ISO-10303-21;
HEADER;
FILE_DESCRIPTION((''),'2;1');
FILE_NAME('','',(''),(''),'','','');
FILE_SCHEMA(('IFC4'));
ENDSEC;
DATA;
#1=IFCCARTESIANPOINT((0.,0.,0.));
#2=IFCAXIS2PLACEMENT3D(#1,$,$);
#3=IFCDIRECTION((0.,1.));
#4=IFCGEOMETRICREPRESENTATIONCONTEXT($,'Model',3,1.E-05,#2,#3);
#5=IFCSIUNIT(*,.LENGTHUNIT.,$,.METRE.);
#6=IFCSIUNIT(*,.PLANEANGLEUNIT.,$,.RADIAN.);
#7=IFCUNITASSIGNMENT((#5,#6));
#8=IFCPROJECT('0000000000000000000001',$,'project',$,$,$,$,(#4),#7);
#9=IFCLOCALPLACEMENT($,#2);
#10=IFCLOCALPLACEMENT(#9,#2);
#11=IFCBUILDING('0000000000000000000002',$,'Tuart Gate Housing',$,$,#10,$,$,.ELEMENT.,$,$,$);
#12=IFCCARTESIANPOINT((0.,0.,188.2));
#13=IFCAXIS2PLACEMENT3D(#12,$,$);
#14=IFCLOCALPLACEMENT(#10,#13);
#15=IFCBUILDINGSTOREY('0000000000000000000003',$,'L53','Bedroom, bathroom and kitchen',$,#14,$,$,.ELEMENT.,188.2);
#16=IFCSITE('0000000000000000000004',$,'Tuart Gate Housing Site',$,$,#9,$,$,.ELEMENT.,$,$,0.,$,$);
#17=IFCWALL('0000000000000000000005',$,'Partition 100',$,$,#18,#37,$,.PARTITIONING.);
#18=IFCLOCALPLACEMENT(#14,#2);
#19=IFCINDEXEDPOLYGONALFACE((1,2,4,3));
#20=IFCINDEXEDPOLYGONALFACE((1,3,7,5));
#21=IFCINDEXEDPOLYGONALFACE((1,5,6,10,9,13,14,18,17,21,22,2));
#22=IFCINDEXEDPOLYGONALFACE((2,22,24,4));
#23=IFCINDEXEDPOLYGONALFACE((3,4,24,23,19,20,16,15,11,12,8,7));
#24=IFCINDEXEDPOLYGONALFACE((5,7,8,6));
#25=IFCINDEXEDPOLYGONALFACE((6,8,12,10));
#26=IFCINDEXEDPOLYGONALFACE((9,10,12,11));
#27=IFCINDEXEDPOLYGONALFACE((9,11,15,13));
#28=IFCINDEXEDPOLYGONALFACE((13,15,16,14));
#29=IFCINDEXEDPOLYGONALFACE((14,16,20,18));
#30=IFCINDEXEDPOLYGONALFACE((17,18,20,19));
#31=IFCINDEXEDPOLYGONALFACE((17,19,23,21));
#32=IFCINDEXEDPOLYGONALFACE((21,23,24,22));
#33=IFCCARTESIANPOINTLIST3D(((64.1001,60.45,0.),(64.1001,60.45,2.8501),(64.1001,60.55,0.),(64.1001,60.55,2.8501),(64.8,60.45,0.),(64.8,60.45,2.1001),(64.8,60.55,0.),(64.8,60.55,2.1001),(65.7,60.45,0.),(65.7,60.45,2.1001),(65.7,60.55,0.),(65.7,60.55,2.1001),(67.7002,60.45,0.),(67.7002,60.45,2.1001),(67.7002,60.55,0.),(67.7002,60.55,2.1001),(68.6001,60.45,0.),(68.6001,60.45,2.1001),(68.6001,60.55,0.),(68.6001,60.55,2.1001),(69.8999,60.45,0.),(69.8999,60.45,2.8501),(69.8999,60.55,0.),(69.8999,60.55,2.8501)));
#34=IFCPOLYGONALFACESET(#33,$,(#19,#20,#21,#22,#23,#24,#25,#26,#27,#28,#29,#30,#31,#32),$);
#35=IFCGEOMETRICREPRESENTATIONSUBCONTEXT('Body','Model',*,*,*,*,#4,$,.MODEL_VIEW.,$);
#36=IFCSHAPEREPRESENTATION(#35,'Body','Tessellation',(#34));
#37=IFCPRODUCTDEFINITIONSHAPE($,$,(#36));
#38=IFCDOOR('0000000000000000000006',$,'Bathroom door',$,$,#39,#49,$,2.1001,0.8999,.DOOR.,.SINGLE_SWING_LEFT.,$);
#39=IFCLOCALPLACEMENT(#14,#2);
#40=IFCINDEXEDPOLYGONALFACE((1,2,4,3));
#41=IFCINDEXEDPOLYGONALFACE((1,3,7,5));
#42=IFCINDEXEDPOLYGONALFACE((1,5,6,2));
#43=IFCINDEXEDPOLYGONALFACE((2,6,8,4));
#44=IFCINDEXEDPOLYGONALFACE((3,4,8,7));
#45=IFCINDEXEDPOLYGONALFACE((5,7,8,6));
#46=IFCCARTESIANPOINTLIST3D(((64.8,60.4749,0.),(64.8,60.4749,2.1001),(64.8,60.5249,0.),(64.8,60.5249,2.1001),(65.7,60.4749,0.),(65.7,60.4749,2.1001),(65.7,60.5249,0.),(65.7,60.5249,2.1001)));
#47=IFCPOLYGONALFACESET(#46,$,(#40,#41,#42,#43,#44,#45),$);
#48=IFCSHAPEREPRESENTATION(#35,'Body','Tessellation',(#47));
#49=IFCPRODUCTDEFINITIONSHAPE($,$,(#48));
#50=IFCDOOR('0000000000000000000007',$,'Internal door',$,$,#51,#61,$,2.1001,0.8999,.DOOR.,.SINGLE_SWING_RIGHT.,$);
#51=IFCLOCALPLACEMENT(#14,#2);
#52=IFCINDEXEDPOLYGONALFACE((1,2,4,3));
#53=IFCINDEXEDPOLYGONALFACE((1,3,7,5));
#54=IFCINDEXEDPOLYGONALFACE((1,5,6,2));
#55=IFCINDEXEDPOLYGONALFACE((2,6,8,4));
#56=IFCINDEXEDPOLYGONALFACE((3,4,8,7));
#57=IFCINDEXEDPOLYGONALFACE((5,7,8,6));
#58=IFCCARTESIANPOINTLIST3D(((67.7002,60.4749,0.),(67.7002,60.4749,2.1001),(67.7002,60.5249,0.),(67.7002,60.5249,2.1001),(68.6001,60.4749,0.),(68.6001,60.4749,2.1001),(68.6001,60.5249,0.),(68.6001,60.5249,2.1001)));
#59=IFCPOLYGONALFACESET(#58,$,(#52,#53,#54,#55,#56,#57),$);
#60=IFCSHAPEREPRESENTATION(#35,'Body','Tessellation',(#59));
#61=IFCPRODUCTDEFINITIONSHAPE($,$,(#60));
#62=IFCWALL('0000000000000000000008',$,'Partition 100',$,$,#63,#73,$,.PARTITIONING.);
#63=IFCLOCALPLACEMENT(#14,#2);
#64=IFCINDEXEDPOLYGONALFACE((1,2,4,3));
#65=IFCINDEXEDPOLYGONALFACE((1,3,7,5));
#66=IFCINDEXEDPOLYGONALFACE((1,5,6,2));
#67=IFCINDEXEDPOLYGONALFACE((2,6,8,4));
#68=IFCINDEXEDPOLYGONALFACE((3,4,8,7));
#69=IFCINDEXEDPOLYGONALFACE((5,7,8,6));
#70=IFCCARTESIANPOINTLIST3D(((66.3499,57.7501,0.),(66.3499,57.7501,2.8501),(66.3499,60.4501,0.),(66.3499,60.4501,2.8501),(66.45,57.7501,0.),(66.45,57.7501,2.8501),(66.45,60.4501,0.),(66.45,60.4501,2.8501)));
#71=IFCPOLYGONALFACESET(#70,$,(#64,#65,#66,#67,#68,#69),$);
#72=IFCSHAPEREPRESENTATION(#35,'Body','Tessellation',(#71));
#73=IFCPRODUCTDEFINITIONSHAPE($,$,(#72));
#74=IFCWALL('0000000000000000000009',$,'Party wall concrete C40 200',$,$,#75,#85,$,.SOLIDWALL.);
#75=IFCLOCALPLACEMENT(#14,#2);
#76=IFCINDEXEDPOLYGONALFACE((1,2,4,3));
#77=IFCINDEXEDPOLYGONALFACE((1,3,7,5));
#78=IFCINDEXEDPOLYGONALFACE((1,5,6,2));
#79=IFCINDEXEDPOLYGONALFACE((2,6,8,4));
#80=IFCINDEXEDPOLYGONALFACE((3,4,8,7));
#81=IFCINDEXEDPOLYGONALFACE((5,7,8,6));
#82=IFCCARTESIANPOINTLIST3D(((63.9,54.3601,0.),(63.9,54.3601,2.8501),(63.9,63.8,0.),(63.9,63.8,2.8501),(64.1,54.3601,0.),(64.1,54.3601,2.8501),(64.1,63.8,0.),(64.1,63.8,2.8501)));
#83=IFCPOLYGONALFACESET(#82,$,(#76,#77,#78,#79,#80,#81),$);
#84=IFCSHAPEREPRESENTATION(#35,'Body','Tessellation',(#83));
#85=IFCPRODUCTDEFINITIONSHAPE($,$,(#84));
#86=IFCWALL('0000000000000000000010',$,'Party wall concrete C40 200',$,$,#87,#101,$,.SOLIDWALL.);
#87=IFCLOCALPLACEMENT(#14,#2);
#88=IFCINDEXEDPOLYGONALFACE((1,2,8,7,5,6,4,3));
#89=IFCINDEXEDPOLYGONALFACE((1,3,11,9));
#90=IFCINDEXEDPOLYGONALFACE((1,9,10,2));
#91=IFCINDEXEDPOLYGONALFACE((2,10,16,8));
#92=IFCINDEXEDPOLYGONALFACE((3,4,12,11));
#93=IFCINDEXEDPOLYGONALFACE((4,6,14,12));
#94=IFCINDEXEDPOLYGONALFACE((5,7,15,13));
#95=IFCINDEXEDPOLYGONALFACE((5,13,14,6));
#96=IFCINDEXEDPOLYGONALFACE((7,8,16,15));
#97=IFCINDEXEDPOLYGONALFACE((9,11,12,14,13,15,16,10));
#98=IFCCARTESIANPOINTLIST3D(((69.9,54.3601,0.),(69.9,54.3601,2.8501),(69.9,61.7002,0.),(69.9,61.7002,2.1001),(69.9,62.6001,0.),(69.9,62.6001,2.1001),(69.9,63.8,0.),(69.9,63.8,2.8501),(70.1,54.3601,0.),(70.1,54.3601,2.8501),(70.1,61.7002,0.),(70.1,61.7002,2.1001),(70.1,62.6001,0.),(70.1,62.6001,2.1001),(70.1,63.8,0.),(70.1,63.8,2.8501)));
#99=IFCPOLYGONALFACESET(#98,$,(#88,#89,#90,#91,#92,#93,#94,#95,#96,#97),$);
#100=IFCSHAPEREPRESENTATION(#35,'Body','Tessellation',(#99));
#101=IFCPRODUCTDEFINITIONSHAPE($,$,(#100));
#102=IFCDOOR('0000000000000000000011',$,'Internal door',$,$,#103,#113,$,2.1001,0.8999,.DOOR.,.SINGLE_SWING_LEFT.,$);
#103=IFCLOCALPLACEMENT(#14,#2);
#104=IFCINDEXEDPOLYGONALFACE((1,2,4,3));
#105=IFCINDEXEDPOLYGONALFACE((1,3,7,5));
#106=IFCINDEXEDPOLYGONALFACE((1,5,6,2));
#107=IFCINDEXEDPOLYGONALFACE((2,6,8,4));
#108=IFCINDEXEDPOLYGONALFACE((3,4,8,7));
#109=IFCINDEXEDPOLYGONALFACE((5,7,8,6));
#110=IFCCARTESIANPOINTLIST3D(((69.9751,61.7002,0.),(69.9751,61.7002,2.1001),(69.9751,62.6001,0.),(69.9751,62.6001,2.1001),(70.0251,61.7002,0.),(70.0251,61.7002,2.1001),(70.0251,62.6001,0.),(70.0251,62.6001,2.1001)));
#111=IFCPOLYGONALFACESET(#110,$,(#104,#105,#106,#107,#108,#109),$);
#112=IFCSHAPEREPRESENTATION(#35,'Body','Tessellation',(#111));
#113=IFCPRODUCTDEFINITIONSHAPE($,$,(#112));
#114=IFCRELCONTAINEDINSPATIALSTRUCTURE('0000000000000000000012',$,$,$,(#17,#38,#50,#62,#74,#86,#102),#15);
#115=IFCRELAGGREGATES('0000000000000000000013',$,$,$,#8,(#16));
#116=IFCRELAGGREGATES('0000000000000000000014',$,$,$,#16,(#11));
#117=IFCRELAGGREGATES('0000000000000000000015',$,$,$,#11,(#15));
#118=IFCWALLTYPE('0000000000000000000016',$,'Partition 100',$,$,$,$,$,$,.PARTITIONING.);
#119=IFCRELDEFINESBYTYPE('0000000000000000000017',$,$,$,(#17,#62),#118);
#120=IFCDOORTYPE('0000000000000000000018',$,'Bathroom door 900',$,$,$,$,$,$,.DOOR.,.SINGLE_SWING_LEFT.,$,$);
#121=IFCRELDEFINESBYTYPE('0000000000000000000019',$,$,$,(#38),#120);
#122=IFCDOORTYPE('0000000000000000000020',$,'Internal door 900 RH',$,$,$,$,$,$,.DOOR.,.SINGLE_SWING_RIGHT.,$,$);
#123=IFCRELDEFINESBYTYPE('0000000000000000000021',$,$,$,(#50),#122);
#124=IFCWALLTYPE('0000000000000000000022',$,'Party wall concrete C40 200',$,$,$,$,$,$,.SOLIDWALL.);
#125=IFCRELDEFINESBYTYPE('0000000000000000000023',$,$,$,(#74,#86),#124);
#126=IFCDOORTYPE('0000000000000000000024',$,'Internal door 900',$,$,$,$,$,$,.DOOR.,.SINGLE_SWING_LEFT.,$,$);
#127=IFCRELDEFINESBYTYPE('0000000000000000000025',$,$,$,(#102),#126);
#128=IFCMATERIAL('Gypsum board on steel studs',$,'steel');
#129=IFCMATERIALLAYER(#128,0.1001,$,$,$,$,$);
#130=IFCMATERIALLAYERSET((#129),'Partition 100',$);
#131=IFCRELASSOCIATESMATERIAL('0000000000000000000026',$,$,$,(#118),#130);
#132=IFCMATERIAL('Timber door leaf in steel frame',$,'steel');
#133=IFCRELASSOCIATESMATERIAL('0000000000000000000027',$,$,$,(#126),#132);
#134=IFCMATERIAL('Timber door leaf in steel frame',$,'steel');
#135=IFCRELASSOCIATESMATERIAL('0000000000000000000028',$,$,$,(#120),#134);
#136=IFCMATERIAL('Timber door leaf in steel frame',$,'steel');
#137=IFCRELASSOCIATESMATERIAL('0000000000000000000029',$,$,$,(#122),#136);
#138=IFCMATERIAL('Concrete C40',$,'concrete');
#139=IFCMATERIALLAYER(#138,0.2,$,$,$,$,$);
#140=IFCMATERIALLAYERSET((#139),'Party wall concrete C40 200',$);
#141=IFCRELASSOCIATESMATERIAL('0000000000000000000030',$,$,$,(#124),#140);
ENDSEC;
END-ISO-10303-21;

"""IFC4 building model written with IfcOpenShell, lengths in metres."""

from ifc_helpers import new_model, si_unit, direction, frame, frame_2d, origin, place, context, subcontext, project, spatial, rectangle, extrude, material, layer, layer_set, type_object, element, fill, save


model = new_model("IFC4")

# Units and contexts
model_context = context("Model", 3, precision=1e-05, world=origin(), true_north=direction((0.0, 1.0)))
body_context = subcontext(model_context, "Body", "Model", "MODEL_VIEW")
ifc_project = project(units=[si_unit("LENGTHUNIT", "METRE"), si_unit("PLANEANGLEUNIT", "RADIAN")], contexts=[model_context])

# Site, building, storey
site_placement = place(None, origin())
site = spatial("IfcSite", under=ifc_project, at=site_placement, Name="Tuart Gate Housing Site", CompositionType="ELEMENT", RefElevation=0.0)
building_placement = place(site_placement, origin())
building = spatial("IfcBuilding", under=site, at=building_placement, Name="Tuart Gate Housing", CompositionType="ELEMENT")
storey_placement = place(building_placement, frame((0.0, 0.0, 188.2)))
storey = spatial("IfcBuildingStorey", under=building, at=storey_placement, Name="L53", Description="Bedroom, bathroom and kitchen", CompositionType="ELEMENT", Elevation=188.2)

# Shared definitions
ifc_material_1 = material(Name="Gypsum board on steel studs", Category="steel")
ifc_layer_1 = layer(ifc_material_1, 0.1001)
ifc_layer_set_1 = layer_set([ifc_layer_1], Name="Partition 100")
wall_type_1 = type_object("IfcWallType", Name="Partition 100", PredefinedType="PARTITIONING", material=ifc_layer_set_1)

# Shared definitions
ifc_material_2 = material(Name="Timber door leaf in steel frame", Category="steel")
door_type_1 = type_object("IfcDoorType", Name="Internal door 900", OperationType="SINGLE_SWING_LEFT", PredefinedType="DOOR", material=ifc_material_2)

# Wall, openings, doors
wall_1_placement = place(storey_placement, frame((64.1001, 60.5, 0.0), z_axis=(0.0, 0.0, 1.0), x_axis=(1.0, 0.0, 0.0)))
wall_1 = element("IfcWall", 1, at=wall_1_placement, inside=storey, type_object=wall_type_1, Name="Partition 100", PredefinedType="PARTITIONING", context=body_context, shape_type="SweptSolid", body=[
    extrude(rectangle(XDim=5.7998, YDim=0.1001, at=frame_2d((2.8999, 0.0))), origin(), (0.0, 0.0, 1.0), 2.8501),
])
opening_1_placement = place(wall_1_placement, frame((3.6001, 0.0, 0.0)))
opening_1 = element("IfcOpeningElement", 2, at=opening_1_placement, cuts=wall_1, PredefinedType="OPENING", context=body_context, shape_type="SweptSolid", body=[
    extrude(rectangle(XDim=0.8999, YDim=2.1001, at=frame_2d((0.45, 1.05))), frame((0.0, 0.0601, 0.0), z_axis=(0.0, -1.0, 0.0), x_axis=(1.0, 0.0, 0.0)), (0.0, 0.0, 1.0), 0.1201),
])
opening_2_placement = place(wall_1_placement, frame((0.7, 0.0, 0.0)))
opening_2 = element("IfcOpeningElement", 3, at=opening_2_placement, cuts=wall_1, PredefinedType="OPENING", context=body_context, shape_type="SweptSolid", body=[
    extrude(rectangle(XDim=0.8999, YDim=2.1001, at=frame_2d((0.45, 1.05))), frame((0.0, 0.0601, 0.0), z_axis=(0.0, -1.0, 0.0), x_axis=(1.0, 0.0, 0.0)), (0.0, 0.0, 1.0), 0.1201),
])
ifc_material_3 = material(Name="Timber door leaf in steel frame", Category="steel")
door_type_2 = type_object("IfcDoorType", Name="Bathroom door 900", OperationType="SINGLE_SWING_LEFT", PredefinedType="DOOR", material=ifc_material_3)
door_1_placement = place(opening_2_placement, frame((0.8999, 0.0, 0.0), z_axis=(0.0, 0.0, 1.0), x_axis=(-1.0, 0.0, 0.0)))
door_1 = element("IfcDoor", 4, at=door_1_placement, inside=storey, type_object=door_type_2, Name="Bathroom door", OperationType="SINGLE_SWING_LEFT", OverallHeight=2.1001, OverallWidth=0.8999, PredefinedType="DOOR", context=body_context, shape_type="SweptSolid", body=[
    extrude(rectangle(XDim=0.8999, YDim=2.1001, at=frame_2d((0.45, 1.05))), frame((0.0, 0.0251, 0.0), z_axis=(0.0, -1.0, 0.0), x_axis=(1.0, 0.0, 0.0)), (0.0, 0.0, 1.0), 0.05),
])
fill(opening_2, door_1)
ifc_material_4 = material(Name="Timber door leaf in steel frame", Category="steel")
door_type_3 = type_object("IfcDoorType", Name="Internal door 900 RH", OperationType="SINGLE_SWING_RIGHT", PredefinedType="DOOR", material=ifc_material_4)
door_2_placement = place(opening_1_placement, frame((0.8999, 0.0, 0.0), z_axis=(0.0, 0.0, 1.0), x_axis=(-1.0, 0.0, 0.0)))
door_2 = element("IfcDoor", 5, at=door_2_placement, inside=storey, type_object=door_type_3, Name="Internal door", OperationType="SINGLE_SWING_RIGHT", OverallHeight=2.1001, OverallWidth=0.8999, PredefinedType="DOOR", context=body_context, shape_type="SweptSolid", body=[
    extrude(rectangle(XDim=0.8999, YDim=2.1001, at=frame_2d((0.45, 1.05))), frame((0.0, 0.0251, 0.0), z_axis=(0.0, -1.0, 0.0), x_axis=(1.0, 0.0, 0.0)), (0.0, 0.0, 1.0), 0.05),
])
fill(opening_1, door_2)

# Walls
wall_2_placement = place(storey_placement, frame((66.3999, 57.75, 0.0), z_axis=(0.0, 0.0, 1.0), x_axis=(0.0, 1.0, 0.0)))
element("IfcWall", 6, at=wall_2_placement, inside=storey, type_object=wall_type_1, Name="Partition 100", PredefinedType="PARTITIONING", context=body_context, shape_type="SweptSolid", body=[
    extrude(rectangle(XDim=2.7, YDim=0.1001, at=frame_2d((1.3501, 0.0))), origin(), (0.0, 0.0, 1.0), 2.8501),
])
ifc_material_5 = material(Name="Concrete C40", Category="concrete")
ifc_layer_2 = layer(ifc_material_5, 0.2)
ifc_layer_set_2 = layer_set([ifc_layer_2], Name="Party wall concrete C40 200")
wall_type_2 = type_object("IfcWallType", Name="Party wall concrete C40 200", PredefinedType="SOLIDWALL", material=ifc_layer_set_2)
wall_3_placement = place(storey_placement, frame((64.0, 54.3601, 0.0), z_axis=(0.0, 0.0, 1.0), x_axis=(0.0, 1.0, 0.0)))
element("IfcWall", 7, at=wall_3_placement, inside=storey, type_object=wall_type_2, Name="Party wall concrete C40 200", PredefinedType="SOLIDWALL", context=body_context, shape_type="SweptSolid", body=[
    extrude(rectangle(XDim=9.4399, YDim=0.2, at=frame_2d((4.72, 0.0))), origin(), (0.0, 0.0, 1.0), 2.8501),
])

# Wall, opening, door
wall_4_placement = place(storey_placement, frame((70.0, 54.3601, 0.0), z_axis=(0.0, 0.0, 1.0), x_axis=(0.0, 1.0, 0.0)))
wall_4 = element("IfcWall", 8, at=wall_4_placement, inside=storey, type_object=wall_type_2, Name="Party wall concrete C40 200", PredefinedType="SOLIDWALL", context=body_context, shape_type="SweptSolid", body=[
    extrude(rectangle(XDim=9.4399, YDim=0.2, at=frame_2d((4.72, 0.0))), origin(), (0.0, 0.0, 1.0), 2.8501),
])
opening_3_placement = place(wall_4_placement, frame((7.3401, 0.0, 0.0)))
opening_3 = element("IfcOpeningElement", 9, at=opening_3_placement, cuts=wall_4, PredefinedType="OPENING", context=body_context, shape_type="SweptSolid", body=[
    extrude(rectangle(XDim=0.8999, YDim=2.1001, at=frame_2d((0.45, 1.05))), frame((0.0, 0.1099, 0.0), z_axis=(0.0, -1.0, 0.0), x_axis=(1.0, 0.0, 0.0)), (0.0, 0.0, 1.0), 0.22),
])
door_3_placement = place(opening_3_placement, origin())
door_3 = element("IfcDoor", 10, at=door_3_placement, inside=storey, type_object=door_type_1, Name="Internal door", OperationType="SINGLE_SWING_LEFT", OverallHeight=2.1001, OverallWidth=0.8999, PredefinedType="DOOR", context=body_context, shape_type="SweptSolid", body=[
    extrude(rectangle(XDim=0.8999, YDim=2.1001, at=frame_2d((0.45, 1.05))), frame((0.0, 0.0249, 0.0), z_axis=(0.0, -1.0, 0.0), x_axis=(1.0, 0.0, 0.0)), (0.0, 0.0, 1.0), 0.05),
])
fill(opening_3, door_3)

save(model, "model.ifc")
